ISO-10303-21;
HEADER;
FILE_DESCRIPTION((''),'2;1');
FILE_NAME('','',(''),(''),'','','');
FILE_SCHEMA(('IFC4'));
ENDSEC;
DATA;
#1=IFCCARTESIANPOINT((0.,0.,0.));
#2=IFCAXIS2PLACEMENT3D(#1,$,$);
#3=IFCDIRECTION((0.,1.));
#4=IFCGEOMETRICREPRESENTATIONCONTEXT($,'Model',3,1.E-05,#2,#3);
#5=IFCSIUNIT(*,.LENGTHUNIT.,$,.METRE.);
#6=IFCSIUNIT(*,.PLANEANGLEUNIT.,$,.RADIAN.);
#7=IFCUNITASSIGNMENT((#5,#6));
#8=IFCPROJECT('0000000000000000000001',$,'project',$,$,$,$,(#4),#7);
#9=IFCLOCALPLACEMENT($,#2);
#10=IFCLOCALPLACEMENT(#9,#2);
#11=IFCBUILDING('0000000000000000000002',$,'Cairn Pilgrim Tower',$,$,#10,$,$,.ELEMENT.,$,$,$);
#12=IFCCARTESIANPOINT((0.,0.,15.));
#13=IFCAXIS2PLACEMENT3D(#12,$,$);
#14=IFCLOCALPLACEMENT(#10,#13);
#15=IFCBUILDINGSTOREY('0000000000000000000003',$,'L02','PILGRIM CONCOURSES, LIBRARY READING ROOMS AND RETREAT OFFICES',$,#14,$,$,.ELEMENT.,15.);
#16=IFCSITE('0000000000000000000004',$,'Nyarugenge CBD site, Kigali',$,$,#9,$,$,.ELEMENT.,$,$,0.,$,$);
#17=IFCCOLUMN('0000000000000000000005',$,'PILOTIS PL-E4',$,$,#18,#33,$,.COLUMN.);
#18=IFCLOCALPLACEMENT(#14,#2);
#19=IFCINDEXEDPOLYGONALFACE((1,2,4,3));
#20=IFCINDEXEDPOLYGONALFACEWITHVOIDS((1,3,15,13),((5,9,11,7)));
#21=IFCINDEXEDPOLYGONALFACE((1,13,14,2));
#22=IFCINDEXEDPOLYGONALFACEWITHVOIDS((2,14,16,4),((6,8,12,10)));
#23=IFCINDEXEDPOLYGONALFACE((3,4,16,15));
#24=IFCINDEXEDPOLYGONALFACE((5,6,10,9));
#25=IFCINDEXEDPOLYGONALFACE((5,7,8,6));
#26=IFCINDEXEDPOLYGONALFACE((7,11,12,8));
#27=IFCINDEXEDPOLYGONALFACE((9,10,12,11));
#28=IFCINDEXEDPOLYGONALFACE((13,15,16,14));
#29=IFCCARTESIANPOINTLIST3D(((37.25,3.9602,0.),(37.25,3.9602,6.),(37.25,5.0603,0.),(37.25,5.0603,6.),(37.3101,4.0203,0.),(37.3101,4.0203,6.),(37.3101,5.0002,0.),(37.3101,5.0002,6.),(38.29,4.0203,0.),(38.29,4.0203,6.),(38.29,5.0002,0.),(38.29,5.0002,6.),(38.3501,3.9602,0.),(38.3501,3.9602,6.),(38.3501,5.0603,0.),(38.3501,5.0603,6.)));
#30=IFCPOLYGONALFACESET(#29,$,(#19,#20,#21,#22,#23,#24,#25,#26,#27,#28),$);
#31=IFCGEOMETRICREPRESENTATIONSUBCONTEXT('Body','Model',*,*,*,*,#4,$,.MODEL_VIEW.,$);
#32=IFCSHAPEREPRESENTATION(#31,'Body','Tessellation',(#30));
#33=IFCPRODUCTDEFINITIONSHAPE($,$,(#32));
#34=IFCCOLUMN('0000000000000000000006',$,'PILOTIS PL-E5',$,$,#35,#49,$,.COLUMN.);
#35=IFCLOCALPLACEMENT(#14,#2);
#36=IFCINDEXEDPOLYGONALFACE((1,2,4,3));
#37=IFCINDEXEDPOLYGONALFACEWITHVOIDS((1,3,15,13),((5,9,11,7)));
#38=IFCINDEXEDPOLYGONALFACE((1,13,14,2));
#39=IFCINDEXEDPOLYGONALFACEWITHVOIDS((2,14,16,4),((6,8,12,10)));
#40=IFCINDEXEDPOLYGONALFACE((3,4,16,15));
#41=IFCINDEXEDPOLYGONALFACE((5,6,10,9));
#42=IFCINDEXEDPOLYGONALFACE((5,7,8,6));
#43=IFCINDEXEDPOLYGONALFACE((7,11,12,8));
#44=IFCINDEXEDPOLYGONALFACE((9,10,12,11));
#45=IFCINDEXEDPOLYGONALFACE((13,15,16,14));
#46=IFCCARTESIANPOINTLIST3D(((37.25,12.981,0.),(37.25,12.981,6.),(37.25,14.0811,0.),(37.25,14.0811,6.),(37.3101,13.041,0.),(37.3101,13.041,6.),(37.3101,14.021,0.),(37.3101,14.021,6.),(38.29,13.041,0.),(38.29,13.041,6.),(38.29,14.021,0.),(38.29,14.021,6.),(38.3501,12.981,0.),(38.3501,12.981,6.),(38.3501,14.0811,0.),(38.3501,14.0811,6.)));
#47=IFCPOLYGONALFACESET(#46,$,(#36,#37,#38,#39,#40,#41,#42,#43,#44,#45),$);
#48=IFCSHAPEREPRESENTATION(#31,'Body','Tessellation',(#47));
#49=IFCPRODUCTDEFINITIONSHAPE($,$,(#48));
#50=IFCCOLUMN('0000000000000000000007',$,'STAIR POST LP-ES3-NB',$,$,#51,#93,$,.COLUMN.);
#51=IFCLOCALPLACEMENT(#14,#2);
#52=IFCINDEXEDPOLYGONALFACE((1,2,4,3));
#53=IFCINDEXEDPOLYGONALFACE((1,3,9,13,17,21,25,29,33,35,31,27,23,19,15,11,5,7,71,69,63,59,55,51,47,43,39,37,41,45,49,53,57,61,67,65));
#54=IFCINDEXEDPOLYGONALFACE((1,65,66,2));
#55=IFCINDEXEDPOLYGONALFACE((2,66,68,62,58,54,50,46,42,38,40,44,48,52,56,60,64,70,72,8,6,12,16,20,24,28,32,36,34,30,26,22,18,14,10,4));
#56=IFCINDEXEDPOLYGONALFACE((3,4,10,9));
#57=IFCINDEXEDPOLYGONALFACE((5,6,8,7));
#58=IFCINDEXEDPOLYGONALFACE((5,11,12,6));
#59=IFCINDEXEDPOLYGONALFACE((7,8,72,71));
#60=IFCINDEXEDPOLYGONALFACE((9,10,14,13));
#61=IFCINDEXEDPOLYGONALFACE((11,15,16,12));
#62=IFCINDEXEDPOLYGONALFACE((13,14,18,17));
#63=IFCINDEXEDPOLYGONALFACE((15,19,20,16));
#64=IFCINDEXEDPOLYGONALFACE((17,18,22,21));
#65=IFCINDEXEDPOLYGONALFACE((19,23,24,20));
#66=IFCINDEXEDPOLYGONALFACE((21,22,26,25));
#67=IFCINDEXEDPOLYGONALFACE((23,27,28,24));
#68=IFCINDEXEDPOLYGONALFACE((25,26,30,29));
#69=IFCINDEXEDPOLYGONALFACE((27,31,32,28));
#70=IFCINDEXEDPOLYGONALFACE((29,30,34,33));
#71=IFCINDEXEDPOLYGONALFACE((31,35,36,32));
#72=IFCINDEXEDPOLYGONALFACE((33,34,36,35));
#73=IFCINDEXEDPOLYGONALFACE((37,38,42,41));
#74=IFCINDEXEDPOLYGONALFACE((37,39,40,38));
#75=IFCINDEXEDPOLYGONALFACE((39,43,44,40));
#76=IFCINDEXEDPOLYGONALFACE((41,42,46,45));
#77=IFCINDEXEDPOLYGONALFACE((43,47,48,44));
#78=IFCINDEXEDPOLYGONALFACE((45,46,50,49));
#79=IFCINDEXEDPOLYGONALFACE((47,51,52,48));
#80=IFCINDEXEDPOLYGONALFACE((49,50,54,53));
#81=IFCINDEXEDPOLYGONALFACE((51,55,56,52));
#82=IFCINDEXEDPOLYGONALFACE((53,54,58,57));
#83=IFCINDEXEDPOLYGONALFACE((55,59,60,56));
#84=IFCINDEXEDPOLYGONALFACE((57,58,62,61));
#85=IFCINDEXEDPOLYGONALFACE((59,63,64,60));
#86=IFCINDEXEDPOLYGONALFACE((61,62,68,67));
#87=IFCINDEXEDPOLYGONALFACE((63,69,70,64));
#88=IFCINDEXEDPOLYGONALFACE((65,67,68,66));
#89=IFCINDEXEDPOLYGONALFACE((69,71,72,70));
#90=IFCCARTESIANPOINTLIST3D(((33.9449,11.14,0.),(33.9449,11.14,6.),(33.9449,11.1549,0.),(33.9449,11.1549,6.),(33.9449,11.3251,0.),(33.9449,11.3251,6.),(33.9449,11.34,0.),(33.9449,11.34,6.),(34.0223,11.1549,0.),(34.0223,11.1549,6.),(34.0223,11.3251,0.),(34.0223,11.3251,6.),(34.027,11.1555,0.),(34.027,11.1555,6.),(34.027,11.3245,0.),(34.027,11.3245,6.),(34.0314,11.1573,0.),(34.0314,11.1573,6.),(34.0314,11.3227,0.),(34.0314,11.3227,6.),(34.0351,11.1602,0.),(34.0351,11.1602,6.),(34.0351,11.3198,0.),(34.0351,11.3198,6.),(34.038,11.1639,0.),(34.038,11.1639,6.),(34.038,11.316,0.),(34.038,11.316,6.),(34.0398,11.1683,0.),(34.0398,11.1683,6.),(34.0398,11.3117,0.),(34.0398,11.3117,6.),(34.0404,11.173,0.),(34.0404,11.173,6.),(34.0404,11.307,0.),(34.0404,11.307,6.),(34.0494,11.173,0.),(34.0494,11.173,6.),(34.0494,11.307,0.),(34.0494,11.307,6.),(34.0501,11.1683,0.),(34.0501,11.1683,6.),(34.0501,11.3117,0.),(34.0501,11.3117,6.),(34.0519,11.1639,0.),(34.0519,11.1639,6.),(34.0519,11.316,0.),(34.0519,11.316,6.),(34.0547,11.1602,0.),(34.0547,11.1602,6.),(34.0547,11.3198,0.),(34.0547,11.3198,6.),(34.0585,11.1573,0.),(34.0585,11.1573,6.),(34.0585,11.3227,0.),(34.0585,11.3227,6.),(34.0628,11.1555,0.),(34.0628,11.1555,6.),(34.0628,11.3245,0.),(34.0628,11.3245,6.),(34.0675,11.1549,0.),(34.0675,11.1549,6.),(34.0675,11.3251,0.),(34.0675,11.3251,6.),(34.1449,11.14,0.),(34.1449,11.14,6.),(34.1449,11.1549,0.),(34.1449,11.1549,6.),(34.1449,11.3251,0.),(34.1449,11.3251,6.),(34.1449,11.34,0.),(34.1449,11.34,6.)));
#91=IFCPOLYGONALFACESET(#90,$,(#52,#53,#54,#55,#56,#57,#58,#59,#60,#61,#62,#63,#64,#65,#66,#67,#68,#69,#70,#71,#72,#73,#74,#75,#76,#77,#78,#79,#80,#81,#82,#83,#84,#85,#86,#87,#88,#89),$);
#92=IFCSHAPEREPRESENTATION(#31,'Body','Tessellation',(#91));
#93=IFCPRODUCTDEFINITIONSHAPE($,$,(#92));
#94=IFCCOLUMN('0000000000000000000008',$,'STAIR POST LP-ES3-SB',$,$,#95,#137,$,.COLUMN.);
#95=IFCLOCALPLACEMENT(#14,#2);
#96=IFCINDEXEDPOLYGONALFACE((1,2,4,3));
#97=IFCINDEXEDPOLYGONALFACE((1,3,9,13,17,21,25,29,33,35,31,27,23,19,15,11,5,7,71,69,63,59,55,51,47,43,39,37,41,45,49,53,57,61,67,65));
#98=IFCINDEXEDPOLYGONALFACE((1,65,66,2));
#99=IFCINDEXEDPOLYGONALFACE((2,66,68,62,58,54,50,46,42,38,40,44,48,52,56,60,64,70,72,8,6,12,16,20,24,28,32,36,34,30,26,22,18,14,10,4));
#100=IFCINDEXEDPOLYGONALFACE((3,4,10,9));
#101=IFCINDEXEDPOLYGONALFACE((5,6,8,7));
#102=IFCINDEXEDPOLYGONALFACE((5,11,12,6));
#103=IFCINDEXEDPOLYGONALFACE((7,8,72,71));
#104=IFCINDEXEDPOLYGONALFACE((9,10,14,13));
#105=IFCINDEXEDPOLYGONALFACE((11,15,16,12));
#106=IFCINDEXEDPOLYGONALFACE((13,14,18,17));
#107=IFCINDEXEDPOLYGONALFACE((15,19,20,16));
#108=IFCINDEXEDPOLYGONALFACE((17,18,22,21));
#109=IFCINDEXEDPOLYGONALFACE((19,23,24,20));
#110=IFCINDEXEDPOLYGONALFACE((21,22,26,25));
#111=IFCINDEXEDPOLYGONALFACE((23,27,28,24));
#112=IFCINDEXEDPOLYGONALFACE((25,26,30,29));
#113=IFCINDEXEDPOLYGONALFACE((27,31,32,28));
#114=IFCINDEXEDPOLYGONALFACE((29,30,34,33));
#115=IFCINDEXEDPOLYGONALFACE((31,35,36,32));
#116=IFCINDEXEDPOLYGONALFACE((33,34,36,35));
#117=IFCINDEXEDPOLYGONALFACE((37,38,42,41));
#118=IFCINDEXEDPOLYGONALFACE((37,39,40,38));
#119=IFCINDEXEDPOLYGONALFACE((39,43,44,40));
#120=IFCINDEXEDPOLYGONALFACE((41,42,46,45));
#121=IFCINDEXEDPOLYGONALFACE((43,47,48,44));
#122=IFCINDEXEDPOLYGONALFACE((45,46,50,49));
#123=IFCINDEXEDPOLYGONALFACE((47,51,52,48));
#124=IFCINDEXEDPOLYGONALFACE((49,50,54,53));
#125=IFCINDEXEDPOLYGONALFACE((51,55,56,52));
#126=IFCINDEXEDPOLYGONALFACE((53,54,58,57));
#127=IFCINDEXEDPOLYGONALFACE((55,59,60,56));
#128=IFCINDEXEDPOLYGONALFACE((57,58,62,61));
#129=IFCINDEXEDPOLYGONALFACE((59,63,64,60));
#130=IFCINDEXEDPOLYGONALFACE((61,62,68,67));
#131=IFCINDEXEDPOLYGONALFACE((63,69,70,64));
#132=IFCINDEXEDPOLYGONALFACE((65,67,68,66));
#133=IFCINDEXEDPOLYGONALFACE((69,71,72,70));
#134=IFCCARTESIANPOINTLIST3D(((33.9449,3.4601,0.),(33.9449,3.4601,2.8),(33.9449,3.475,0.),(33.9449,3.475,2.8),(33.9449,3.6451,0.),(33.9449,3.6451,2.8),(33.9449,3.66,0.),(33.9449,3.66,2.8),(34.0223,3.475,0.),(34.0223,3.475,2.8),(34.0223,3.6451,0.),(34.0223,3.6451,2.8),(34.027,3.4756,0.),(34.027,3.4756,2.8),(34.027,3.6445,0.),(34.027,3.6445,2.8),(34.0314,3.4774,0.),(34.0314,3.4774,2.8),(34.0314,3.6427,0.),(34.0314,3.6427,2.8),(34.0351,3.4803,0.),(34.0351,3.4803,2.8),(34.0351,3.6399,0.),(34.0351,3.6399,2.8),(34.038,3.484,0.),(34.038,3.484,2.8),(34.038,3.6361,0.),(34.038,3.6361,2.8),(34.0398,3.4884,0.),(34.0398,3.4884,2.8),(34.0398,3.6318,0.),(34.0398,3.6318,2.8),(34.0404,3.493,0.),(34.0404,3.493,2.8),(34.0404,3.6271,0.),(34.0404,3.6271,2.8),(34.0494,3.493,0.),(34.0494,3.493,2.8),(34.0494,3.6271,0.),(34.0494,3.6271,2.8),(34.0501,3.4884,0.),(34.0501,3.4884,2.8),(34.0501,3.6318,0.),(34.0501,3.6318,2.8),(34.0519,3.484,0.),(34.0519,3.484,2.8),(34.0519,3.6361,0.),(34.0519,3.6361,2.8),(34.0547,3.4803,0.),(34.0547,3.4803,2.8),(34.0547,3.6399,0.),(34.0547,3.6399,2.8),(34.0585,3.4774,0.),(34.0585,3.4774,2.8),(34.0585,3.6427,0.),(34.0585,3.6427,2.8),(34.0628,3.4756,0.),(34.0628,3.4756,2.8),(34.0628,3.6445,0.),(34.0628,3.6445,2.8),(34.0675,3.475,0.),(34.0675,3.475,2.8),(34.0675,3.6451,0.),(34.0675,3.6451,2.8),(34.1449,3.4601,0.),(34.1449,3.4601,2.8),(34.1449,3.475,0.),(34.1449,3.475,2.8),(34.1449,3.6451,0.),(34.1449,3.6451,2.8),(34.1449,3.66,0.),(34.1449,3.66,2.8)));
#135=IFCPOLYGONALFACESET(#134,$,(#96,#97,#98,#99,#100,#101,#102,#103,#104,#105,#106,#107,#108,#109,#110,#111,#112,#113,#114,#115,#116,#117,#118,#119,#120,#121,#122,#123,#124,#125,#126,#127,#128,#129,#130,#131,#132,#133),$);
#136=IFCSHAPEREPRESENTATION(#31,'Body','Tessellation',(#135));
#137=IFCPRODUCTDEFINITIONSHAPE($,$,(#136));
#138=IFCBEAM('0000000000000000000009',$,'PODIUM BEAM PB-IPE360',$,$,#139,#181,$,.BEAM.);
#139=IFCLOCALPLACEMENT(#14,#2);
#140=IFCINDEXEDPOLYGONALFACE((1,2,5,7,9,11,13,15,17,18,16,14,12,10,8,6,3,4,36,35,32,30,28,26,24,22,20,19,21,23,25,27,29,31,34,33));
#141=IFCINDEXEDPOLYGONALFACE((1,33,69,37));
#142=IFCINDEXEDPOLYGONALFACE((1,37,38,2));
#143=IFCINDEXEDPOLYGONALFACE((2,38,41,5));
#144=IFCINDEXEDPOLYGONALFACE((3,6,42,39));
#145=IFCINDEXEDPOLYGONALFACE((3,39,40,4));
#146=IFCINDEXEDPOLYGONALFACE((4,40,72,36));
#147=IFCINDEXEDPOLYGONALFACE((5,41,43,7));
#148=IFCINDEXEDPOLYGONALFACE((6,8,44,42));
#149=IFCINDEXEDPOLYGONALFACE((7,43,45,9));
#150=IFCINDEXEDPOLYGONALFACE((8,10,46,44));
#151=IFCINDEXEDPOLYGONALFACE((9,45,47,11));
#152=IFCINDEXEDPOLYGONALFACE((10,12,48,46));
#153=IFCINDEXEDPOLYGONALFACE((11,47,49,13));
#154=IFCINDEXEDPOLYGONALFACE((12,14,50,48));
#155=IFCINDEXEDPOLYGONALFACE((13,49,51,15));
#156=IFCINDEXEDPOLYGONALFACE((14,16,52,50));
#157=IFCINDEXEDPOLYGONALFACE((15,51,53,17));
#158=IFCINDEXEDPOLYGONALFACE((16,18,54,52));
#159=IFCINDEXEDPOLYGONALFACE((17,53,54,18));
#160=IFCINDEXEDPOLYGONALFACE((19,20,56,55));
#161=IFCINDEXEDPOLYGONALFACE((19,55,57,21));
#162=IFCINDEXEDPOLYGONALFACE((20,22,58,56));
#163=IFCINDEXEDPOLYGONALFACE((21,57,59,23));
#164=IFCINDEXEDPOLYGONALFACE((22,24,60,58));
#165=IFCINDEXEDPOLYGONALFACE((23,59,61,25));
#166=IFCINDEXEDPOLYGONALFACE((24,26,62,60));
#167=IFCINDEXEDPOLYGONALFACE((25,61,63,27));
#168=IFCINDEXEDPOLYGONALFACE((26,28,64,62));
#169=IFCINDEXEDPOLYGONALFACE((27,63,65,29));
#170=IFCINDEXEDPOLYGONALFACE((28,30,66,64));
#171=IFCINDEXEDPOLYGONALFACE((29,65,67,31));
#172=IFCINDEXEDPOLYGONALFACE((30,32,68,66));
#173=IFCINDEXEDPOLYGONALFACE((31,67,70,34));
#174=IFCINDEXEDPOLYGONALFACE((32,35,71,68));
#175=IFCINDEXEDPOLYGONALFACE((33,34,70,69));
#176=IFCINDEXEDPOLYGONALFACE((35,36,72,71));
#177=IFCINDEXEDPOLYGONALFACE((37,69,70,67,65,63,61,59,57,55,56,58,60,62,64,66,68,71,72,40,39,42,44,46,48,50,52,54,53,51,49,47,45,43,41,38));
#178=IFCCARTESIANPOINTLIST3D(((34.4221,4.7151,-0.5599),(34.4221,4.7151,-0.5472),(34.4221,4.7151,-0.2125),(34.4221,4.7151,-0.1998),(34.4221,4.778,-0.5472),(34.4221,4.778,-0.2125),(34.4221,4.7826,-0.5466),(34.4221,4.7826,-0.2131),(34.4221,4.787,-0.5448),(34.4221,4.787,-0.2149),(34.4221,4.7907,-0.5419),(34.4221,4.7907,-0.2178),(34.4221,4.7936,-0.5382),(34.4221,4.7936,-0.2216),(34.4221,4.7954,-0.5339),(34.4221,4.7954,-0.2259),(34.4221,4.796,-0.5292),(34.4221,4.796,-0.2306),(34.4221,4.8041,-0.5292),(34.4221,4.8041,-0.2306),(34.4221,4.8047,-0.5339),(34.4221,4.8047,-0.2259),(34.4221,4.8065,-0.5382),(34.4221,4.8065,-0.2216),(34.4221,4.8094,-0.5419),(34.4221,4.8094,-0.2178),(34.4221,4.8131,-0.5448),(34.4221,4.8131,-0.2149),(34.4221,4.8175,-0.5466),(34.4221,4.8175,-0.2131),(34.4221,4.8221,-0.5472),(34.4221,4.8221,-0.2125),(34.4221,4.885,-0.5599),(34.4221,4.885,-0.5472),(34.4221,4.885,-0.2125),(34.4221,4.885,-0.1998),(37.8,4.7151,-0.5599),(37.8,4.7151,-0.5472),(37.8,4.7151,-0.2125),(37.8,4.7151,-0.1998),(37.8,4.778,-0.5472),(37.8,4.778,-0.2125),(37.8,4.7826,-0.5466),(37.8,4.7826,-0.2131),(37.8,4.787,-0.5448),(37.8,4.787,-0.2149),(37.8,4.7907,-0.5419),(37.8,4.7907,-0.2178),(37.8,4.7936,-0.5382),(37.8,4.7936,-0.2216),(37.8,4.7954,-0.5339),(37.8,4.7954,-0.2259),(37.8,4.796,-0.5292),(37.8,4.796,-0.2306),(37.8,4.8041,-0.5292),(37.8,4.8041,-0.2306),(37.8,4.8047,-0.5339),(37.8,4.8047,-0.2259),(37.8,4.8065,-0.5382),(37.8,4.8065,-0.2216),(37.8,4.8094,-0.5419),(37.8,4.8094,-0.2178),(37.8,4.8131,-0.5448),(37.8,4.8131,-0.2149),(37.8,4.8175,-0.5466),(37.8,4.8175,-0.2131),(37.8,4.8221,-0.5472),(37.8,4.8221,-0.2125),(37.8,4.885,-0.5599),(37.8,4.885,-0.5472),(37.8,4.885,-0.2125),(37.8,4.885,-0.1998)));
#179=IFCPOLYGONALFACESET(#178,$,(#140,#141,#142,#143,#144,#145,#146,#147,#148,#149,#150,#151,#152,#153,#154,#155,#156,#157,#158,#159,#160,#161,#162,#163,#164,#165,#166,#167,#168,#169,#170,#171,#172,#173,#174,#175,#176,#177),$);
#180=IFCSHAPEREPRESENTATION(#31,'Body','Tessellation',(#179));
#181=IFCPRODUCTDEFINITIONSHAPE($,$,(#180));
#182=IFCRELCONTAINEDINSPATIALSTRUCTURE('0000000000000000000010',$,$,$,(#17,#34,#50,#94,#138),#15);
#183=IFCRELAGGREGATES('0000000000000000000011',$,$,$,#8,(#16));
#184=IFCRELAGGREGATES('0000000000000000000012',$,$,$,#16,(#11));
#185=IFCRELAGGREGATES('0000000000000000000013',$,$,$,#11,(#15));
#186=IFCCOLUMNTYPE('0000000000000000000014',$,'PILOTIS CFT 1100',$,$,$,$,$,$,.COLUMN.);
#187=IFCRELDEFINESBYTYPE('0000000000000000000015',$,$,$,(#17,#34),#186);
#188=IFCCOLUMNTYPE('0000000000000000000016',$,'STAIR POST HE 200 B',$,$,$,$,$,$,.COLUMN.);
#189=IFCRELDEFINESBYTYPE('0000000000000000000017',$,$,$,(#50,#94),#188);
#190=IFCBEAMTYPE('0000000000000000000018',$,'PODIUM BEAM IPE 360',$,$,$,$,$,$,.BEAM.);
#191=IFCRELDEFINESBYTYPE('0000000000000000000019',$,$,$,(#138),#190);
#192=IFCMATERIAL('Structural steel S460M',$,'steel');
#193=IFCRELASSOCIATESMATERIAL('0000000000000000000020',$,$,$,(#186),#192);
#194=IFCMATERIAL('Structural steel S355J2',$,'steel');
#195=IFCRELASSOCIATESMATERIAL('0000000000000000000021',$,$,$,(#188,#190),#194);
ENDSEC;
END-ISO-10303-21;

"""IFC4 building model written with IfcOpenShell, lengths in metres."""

from ifc_helpers import new_model, si_unit, direction, frame, origin, origin_2d, place, context, subcontext, project, spatial, hollow_rectangle, i_section, extrude, material, material_profile, profile_set, type_object, element, save


model = new_model("IFC4")

# Units and contexts
model_context = context("Model", 3, precision=1e-05, world=origin(), true_north=direction((0.0, 1.0)))
body_context = subcontext(model_context, "Body", "Model", "MODEL_VIEW")
ifc_project = project(units=[si_unit("LENGTHUNIT", "METRE"), si_unit("PLANEANGLEUNIT", "RADIAN")], contexts=[model_context])

# Site, building, storey
site_placement = place(None, origin())
site = spatial("IfcSite", under=ifc_project, at=site_placement, Name="Nyarugenge CBD site, Kigali", CompositionType="ELEMENT", RefElevation=0.0)
building_placement = place(site_placement, origin())
building = spatial("IfcBuilding", under=site, at=building_placement, Name="Cairn Pilgrim Tower", CompositionType="ELEMENT")
storey_placement = place(building_placement, frame((0.0, 0.0, 15.0)))
storey = spatial("IfcBuildingStorey", under=building, at=storey_placement, Name="L02", Description="PILGRIM CONCOURSES, LIBRARY READING ROOMS AND RETREAT OFFICES", CompositionType="ELEMENT", Elevation=15.0)

# Columns
ifc_material_1 = material(Name="Structural steel S460M", Category="steel")
ifc_material_profile_1 = material_profile(ifc_material_1, hollow_rectangle(XDim=1.1001, YDim=1.1001, WallThickness=0.0601, at=origin_2d()), Name="BOX 1100x1100x60")
ifc_profile_set_1 = profile_set([ifc_material_profile_1], Name="Structural steel S460M")
column_type_1 = type_object("IfcColumnType", Name="PILOTIS CFT 1100", PredefinedType="COLUMN", material=ifc_profile_set_1)
for number, where, z_axis, x_axis, name in (
    (1, (37.8, 4.5103, 0.0), (0.0, 0.0, 1.0), (1.0, 0.0, 0.0), "PILOTIS PL-E4"),
    (2, (37.8, 13.531, 0.0), (0.0, 0.0, 1.0), (1.0, 0.0, 0.0), "PILOTIS PL-E5"),
):
    element("IfcColumn", number, at=place(storey_placement, frame(where, z_axis=z_axis, x_axis=x_axis)), inside=storey, type_object=column_type_1, Name=name, PredefinedType="COLUMN", context=body_context, shape_type="SweptSolid", body=[
        extrude(hollow_rectangle(XDim=1.1001, YDim=1.1001, WallThickness=0.0601, at=origin_2d()), origin(), (0.0, 0.0, 1.0), 6.0),
    ])
ifc_material_2 = material(Name="Structural steel S355J2", Category="steel")
ifc_material_profile_2 = material_profile(ifc_material_2, i_section(OverallWidth=0.2, OverallDepth=0.2, WebThickness=0.009, FlangeThickness=0.0149, FilletRadius=0.0181, at=origin_2d()), Name="HE 200 B")
ifc_profile_set_2 = profile_set([ifc_material_profile_2], Name="Structural steel S355J2")
column_type_2 = type_object("IfcColumnType", Name="STAIR POST HE 200 B", PredefinedType="COLUMN", material=ifc_profile_set_2)
column_1_placement = place(storey_placement, frame((34.0449, 11.24, 0.0), z_axis=(0.0, 0.0, 1.0), x_axis=(1.0, 0.0, 0.0)))
element("IfcColumn", 3, at=column_1_placement, inside=storey, type_object=column_type_2, Name="STAIR POST LP-ES3-NB", PredefinedType="COLUMN", context=body_context, shape_type="SweptSolid", body=[
    extrude(i_section(OverallWidth=0.2, OverallDepth=0.2, WebThickness=0.009, FlangeThickness=0.0149, FilletRadius=0.0181, at=origin_2d()), origin(), (0.0, 0.0, 1.0), 6.0),
])
column_2_placement = place(storey_placement, frame((34.0449, 3.5601, 0.0), z_axis=(0.0, 0.0, 1.0), x_axis=(1.0, 0.0, 0.0)))
element("IfcColumn", 4, at=column_2_placement, inside=storey, type_object=column_type_2, Name="STAIR POST LP-ES3-SB", PredefinedType="COLUMN", context=body_context, shape_type="SweptSolid", body=[
    extrude(i_section(OverallWidth=0.2, OverallDepth=0.2, WebThickness=0.009, FlangeThickness=0.0149, FilletRadius=0.0181, at=origin_2d()), origin(), (0.0, 0.0, 1.0), 2.8),
])

# Beam
ifc_material_profile_3 = material_profile(ifc_material_2, i_section(OverallWidth=0.1699, OverallDepth=0.3601, WebThickness=0.0081, FlangeThickness=0.0127, FilletRadius=0.0181, at=origin_2d()), Name="IPE 360")
ifc_profile_set_3 = profile_set([ifc_material_profile_3], Name="Structural steel S355J2")
beam_type_1 = type_object("IfcBeamType", Name="PODIUM BEAM IPE 360", PredefinedType="BEAM", material=ifc_profile_set_3)
beam_1_placement = place(storey_placement, frame((34.4221, 4.8, -0.3799), z_axis=(1.0, 0.0, 0.0), x_axis=(0.0, 1.0, 0.0)))
element("IfcBeam", 5, at=beam_1_placement, inside=storey, type_object=beam_type_1, Name="PODIUM BEAM PB-IPE360", PredefinedType="BEAM", context=body_context, shape_type="SweptSolid", body=[
    extrude(i_section(OverallWidth=0.1699, OverallDepth=0.3601, WebThickness=0.0081, FlangeThickness=0.0127, FilletRadius=0.0181, at=origin_2d()), origin(), (0.0, 0.0, 1.0), 3.3779),
])

save(model, "model.ifc")
